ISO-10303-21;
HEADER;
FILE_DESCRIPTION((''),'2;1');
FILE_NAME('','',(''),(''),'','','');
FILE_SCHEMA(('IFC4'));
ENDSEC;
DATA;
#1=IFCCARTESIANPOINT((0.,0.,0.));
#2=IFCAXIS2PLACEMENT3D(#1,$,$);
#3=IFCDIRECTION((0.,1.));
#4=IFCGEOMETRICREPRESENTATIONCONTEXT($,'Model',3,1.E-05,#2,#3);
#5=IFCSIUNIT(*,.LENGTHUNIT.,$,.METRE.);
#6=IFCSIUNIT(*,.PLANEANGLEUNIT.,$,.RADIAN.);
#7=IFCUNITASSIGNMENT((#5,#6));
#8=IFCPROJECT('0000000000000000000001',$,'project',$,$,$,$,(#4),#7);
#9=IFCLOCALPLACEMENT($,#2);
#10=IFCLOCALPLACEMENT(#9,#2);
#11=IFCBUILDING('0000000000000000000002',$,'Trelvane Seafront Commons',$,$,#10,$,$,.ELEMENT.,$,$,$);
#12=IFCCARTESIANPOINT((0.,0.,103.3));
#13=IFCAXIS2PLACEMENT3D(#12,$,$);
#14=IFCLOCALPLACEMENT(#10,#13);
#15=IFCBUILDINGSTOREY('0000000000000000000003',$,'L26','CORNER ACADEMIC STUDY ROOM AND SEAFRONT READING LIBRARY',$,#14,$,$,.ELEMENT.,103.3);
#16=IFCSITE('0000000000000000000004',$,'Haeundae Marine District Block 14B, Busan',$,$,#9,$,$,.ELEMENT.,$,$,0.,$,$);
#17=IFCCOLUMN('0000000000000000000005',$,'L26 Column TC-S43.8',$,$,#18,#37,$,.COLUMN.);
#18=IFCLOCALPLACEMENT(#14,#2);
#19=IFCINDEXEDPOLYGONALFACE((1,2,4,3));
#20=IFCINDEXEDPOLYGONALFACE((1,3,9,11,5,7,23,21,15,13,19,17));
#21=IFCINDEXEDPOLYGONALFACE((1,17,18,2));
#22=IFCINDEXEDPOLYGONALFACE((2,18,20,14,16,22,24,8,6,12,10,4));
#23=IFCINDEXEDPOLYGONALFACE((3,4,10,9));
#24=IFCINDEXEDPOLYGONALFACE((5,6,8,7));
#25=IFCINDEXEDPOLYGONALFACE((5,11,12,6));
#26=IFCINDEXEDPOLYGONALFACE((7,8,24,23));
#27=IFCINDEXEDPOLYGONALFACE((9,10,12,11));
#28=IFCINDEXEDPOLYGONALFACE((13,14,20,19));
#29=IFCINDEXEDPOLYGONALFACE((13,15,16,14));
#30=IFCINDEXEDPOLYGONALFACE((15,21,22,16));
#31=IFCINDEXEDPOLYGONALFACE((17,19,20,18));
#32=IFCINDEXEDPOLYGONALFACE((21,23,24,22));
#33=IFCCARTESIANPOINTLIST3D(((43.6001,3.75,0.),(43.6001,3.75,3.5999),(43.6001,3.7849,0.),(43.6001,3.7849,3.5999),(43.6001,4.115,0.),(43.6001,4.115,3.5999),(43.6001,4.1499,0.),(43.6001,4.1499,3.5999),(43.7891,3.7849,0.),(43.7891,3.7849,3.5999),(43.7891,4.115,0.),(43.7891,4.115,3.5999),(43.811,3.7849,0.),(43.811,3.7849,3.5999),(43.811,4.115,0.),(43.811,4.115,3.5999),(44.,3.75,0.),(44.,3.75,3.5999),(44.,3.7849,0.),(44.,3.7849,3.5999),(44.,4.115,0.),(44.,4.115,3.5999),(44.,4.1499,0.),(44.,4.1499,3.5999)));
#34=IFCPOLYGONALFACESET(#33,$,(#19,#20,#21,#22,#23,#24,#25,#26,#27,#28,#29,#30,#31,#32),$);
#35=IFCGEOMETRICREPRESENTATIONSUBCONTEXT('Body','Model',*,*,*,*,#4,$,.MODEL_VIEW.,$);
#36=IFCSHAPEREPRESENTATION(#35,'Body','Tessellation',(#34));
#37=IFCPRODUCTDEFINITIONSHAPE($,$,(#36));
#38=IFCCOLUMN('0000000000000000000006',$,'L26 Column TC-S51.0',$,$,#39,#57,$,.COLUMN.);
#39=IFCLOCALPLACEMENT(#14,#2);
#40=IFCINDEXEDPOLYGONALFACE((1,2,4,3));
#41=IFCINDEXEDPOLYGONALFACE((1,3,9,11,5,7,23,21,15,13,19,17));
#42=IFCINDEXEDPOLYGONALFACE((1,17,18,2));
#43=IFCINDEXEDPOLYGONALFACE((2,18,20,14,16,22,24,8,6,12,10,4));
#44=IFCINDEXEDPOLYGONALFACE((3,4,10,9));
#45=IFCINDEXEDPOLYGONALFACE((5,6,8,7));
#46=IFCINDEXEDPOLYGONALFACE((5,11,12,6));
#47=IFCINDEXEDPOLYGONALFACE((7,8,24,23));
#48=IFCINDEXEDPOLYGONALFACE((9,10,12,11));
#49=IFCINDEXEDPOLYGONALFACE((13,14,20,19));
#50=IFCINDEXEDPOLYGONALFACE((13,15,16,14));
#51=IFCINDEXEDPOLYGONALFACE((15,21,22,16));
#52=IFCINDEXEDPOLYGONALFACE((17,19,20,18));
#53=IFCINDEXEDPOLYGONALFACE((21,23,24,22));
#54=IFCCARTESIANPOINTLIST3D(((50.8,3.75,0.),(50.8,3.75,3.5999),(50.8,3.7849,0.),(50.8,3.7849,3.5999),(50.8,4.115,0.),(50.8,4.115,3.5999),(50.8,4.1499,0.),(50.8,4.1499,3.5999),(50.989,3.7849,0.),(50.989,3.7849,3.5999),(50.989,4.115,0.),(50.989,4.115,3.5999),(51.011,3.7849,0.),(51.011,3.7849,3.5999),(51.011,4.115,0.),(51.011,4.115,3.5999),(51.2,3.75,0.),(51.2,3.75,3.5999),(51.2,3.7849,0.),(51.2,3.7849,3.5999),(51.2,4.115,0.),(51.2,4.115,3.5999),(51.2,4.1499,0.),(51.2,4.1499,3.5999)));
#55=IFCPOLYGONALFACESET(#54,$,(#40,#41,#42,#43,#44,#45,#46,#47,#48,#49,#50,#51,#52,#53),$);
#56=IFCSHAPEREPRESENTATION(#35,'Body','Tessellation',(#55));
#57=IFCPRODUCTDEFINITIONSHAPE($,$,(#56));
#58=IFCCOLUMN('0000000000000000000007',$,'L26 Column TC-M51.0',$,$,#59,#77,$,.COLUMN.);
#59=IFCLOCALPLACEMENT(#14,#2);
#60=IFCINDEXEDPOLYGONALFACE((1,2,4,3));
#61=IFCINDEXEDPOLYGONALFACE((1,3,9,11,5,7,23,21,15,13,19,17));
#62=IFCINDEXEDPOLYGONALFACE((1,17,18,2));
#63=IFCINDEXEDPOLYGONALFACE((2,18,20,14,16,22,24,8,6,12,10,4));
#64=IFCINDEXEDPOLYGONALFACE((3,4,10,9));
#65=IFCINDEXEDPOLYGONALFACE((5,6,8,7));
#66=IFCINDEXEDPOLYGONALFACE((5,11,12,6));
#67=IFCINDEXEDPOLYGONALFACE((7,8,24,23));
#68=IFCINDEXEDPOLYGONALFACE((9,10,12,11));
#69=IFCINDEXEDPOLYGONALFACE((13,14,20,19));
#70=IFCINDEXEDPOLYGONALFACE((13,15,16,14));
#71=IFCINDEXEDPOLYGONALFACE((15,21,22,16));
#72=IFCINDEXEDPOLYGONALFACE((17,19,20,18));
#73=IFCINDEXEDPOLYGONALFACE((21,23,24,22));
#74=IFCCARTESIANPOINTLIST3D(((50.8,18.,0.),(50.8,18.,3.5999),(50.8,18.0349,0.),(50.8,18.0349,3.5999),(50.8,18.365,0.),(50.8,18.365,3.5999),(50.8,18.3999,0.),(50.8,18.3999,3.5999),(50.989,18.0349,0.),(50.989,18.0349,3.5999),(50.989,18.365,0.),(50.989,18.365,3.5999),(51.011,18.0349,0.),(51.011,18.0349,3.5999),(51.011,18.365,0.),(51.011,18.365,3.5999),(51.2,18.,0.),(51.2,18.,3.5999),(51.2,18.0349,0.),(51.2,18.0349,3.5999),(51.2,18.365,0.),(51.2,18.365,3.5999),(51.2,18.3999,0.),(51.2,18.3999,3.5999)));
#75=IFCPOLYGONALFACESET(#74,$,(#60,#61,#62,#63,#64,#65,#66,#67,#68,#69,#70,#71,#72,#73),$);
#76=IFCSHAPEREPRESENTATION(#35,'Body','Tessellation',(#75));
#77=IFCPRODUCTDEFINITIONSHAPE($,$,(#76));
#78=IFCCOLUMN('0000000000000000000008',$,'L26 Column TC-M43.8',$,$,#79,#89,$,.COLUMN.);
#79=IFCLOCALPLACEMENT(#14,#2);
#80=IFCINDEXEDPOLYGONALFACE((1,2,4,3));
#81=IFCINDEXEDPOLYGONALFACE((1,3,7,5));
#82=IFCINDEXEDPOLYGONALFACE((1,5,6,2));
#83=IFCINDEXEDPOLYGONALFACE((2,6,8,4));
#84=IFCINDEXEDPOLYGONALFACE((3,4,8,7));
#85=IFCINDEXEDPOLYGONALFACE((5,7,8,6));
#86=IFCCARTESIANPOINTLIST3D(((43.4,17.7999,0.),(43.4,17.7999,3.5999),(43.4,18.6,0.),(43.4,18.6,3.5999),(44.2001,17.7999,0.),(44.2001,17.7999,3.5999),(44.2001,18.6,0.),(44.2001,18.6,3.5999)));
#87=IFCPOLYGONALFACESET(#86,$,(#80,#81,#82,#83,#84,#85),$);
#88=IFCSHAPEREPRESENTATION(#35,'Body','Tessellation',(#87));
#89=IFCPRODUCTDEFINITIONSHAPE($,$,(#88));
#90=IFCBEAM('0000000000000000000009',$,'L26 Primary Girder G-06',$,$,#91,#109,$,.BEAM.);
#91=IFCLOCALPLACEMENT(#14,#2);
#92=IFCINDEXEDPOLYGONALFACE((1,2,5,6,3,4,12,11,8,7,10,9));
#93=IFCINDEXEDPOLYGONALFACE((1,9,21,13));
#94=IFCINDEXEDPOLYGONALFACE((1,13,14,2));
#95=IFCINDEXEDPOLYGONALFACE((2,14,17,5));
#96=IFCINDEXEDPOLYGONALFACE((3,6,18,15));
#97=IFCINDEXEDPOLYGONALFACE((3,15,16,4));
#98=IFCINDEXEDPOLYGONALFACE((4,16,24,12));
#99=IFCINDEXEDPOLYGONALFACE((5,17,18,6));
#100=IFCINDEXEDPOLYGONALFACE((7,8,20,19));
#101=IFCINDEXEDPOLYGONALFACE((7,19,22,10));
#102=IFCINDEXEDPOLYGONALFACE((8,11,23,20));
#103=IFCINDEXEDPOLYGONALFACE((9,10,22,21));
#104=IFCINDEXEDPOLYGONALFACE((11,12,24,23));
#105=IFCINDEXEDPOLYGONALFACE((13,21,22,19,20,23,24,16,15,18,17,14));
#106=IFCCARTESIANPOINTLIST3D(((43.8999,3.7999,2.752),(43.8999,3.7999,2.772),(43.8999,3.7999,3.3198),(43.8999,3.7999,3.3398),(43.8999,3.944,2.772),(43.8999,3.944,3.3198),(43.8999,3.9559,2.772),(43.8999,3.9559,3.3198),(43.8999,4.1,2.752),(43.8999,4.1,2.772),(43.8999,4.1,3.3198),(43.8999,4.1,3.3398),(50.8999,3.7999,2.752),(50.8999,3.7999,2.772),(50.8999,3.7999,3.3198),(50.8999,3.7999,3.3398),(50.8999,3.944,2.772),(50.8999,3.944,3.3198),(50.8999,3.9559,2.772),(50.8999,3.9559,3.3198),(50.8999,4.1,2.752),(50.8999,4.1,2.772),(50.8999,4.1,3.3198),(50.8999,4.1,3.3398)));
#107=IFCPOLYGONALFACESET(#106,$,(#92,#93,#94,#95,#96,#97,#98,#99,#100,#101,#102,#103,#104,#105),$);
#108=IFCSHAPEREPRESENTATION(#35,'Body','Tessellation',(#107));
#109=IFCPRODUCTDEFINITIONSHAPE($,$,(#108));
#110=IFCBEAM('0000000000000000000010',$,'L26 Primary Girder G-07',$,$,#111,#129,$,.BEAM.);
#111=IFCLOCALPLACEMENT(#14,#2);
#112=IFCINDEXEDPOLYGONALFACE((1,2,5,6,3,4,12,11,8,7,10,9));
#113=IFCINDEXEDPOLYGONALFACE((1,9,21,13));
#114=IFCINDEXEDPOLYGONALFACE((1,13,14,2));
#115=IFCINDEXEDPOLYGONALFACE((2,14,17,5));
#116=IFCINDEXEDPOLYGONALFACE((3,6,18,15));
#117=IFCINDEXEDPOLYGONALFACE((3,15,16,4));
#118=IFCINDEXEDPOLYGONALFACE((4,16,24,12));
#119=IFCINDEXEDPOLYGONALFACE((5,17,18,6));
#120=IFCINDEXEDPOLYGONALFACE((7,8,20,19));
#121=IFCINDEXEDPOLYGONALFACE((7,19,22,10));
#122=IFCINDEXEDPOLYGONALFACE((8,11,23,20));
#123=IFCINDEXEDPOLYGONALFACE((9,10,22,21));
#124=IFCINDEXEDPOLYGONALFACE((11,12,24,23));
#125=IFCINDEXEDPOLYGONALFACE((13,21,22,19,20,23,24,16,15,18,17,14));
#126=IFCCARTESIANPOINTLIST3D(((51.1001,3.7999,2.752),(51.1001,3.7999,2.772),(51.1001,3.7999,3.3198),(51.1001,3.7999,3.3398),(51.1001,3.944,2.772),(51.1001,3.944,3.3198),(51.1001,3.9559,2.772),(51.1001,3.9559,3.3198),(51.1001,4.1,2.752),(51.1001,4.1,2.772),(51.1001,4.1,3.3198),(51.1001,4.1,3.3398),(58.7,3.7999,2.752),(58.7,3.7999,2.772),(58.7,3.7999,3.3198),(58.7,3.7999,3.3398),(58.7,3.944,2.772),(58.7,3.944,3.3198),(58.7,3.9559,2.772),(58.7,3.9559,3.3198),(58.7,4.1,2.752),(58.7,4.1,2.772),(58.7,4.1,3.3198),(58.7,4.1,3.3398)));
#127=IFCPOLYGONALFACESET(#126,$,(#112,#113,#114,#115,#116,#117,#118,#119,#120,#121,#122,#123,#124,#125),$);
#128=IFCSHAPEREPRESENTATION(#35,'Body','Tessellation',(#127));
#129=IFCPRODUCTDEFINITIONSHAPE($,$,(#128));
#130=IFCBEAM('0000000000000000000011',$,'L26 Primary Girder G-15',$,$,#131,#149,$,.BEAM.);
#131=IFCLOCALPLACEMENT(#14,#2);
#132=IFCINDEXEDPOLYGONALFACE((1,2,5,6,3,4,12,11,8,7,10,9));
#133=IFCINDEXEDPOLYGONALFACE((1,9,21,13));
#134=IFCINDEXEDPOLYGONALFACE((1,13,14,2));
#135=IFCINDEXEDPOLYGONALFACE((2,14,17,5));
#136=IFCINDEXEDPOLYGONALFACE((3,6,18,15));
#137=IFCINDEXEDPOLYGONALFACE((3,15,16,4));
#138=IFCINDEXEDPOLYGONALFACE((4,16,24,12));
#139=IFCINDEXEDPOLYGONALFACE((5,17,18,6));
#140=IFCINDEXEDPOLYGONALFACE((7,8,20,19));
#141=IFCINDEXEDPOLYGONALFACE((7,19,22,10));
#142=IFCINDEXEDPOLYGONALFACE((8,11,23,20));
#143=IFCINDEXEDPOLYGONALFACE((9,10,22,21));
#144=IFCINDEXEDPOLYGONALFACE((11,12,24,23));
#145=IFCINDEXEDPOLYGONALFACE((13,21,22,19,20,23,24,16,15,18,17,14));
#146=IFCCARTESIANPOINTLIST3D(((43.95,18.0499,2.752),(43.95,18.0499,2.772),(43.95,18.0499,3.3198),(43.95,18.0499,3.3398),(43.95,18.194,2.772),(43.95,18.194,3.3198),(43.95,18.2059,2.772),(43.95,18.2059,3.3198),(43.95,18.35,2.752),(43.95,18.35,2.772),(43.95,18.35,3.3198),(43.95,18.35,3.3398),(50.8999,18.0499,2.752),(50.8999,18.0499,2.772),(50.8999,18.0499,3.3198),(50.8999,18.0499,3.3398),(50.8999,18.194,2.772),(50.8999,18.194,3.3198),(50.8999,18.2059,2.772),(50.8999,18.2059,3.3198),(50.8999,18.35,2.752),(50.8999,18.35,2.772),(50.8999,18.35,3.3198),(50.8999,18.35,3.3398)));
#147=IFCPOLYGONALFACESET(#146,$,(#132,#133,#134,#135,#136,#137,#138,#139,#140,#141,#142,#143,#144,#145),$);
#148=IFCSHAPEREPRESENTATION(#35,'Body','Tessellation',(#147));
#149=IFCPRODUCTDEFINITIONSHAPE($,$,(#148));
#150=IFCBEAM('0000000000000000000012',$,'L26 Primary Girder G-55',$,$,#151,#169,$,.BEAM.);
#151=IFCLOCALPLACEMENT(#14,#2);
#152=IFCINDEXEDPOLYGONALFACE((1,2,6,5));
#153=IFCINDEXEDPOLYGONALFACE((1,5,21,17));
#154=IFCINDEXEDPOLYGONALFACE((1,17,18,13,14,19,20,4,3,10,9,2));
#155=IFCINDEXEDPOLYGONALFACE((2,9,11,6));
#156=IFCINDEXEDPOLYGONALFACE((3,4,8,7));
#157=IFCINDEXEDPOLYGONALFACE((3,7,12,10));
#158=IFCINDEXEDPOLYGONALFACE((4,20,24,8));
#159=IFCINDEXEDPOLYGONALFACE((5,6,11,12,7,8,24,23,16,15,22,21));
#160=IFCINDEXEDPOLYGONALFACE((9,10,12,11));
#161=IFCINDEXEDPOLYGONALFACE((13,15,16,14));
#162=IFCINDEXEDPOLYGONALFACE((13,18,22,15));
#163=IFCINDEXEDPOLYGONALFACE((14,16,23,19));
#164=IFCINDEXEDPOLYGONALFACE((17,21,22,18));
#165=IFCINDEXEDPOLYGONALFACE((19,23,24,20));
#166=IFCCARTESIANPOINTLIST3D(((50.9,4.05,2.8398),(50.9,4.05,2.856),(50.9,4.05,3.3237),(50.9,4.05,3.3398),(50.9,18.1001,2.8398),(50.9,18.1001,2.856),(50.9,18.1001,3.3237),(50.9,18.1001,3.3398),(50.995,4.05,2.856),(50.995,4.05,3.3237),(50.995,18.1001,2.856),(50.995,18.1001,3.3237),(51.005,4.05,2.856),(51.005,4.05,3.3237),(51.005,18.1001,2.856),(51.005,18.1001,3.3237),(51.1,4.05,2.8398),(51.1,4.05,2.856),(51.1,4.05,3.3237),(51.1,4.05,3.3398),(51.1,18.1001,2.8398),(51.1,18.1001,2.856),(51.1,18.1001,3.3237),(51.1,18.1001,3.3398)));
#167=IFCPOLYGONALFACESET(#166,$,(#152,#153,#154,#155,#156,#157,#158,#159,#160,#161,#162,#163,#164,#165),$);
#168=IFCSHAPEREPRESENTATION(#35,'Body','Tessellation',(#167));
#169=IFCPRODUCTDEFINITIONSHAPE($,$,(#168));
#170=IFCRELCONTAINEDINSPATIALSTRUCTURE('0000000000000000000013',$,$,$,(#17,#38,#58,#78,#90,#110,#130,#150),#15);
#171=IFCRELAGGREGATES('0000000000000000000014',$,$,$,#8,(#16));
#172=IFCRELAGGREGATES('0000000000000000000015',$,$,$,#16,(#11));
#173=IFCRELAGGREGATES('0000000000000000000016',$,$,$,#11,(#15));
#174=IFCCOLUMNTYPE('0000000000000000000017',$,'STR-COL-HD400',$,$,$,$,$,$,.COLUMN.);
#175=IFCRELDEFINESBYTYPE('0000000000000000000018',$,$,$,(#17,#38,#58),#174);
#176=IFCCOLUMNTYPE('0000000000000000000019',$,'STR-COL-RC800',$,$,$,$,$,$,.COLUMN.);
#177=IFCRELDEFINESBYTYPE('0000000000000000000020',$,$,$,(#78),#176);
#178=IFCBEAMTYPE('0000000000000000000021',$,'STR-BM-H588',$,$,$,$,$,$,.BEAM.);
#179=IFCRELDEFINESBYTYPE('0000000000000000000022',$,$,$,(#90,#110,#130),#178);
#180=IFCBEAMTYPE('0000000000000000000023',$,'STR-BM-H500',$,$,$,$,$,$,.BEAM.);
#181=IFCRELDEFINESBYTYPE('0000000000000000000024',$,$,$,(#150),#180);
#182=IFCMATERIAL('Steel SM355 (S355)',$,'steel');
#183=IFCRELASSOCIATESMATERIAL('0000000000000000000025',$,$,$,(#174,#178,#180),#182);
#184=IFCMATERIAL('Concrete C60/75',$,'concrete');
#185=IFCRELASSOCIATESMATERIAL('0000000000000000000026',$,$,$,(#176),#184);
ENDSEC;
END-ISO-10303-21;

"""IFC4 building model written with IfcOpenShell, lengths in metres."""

from ifc_helpers import new_model, si_unit, direction, frame, origin, origin_2d, place, context, subcontext, project, spatial, rectangle, i_section, extrude, source, transform, mapped, material, material_profile, profile_set, type_object, element, save


model = new_model("IFC4")

# Units and contexts
model_context = context("Model", 3, precision=1e-05, world=origin(), true_north=direction((0.0, 1.0)))
body_context = subcontext(model_context, "Body", "Model", "MODEL_VIEW")
ifc_project = project(units=[si_unit("LENGTHUNIT", "METRE"), si_unit("PLANEANGLEUNIT", "RADIAN")], contexts=[model_context])

# Site, building, storey
site_placement = place(None, origin())
site = spatial("IfcSite", under=ifc_project, at=site_placement, Name="Haeundae Marine District Block 14B, Busan", CompositionType="ELEMENT", RefElevation=0.0)
building_placement = place(site_placement, origin())
building = spatial("IfcBuilding", under=site, at=building_placement, Name="Trelvane Seafront Commons", CompositionType="ELEMENT")
storey_placement = place(building_placement, frame((0.0, 0.0, 103.3)))
storey = spatial("IfcBuildingStorey", under=building, at=storey_placement, Name="L26", Description="CORNER ACADEMIC STUDY ROOM AND SEAFRONT READING LIBRARY", CompositionType="ELEMENT", Elevation=103.3)

# Columns
ifc_material_1 = material(Name="Steel SM355 (S355)", Category="steel")
ifc_material_profile_1 = material_profile(ifc_material_1, i_section(OverallWidth=0.3999, OverallDepth=0.3999, WebThickness=0.022, FlangeThickness=0.0349, at=origin_2d()), Name="HD-400x400x22x35")
ifc_profile_set_1 = profile_set([ifc_material_profile_1], Name="Steel SM355 (S355)")
column_type_1 = type_object("IfcColumnType", Name="STR-COL-HD400", PredefinedType="COLUMN", material=ifc_profile_set_1)
shared_shape_1 = source(origin(), body_context, "Body", "SweptSolid", [
    extrude(i_section(OverallWidth=0.3999, OverallDepth=0.3999, WebThickness=0.022, FlangeThickness=0.0349, at=origin_2d()), origin(), (0.0, 0.0, 1.0), 3.5999),
])
for number, where, z_axis, x_axis, name in (
    (1, (43.8, 3.95, 0.0), (0.0, 0.0, 1.0), (1.0, 0.0, 0.0), "L26 Column TC-S43.8"),
    (2, (51.0, 3.95, 0.0), (0.0, 0.0, 1.0), (1.0, 0.0, 0.0), "L26 Column TC-S51.0"),
    (3, (51.0, 18.2, 0.0), (0.0, 0.0, 1.0), (1.0, 0.0, 0.0), "L26 Column TC-M51.0"),
):
    element("IfcColumn", number, at=place(storey_placement, frame(where, z_axis=z_axis, x_axis=x_axis)), inside=storey, type_object=column_type_1, Name=name, PredefinedType="COLUMN", context=body_context, shape_type="MappedRepresentation", body=[
        mapped(shared_shape_1, transform((0.0, 0.0, 0.0), x_axis=(1.0, 0.0, 0.0), y_axis=(0.0, 1.0, 0.0), z_axis=(0.0, 0.0, 1.0), scale=1.0)),
    ])
ifc_material_2 = material(Name="Concrete C60/75", Category="concrete")
ifc_material_profile_2 = material_profile(ifc_material_2, rectangle(XDim=0.8, YDim=0.8, at=origin_2d()), Name="RC-800x800")
ifc_profile_set_2 = profile_set([ifc_material_profile_2], Name="Concrete C60/75")
column_type_2 = type_object("IfcColumnType", Name="STR-COL-RC800", PredefinedType="COLUMN", material=ifc_profile_set_2)
shared_shape_2 = source(origin(), body_context, "Body", "SweptSolid", [
    extrude(rectangle(XDim=0.8, YDim=0.8, at=origin_2d()), origin(), (0.0, 0.0, 1.0), 3.5999),
])
column_placement = place(storey_placement, frame((43.8, 18.2, 0.0), z_axis=(0.0, 0.0, 1.0), x_axis=(1.0, 0.0, 0.0)))
element("IfcColumn", 4, at=column_placement, inside=storey, type_object=column_type_2, Name="L26 Column TC-M43.8", PredefinedType="COLUMN", context=body_context, shape_type="MappedRepresentation", body=[
    mapped(shared_shape_2, transform((0.0, 0.0, 0.0), x_axis=(1.0, 0.0, 0.0), y_axis=(0.0, 1.0, 0.0), z_axis=(0.0, 0.0, 1.0), scale=1.0)),
])

# Beams
ifc_material_profile_3 = material_profile(ifc_material_1, i_section(OverallWidth=0.3, OverallDepth=0.5879, WebThickness=0.012, FlangeThickness=0.02, at=origin_2d()), Name="H-588x300x12x20")
ifc_profile_set_3 = profile_set([ifc_material_profile_3], Name="Steel SM355 (S355)")
beam_type_1 = type_object("IfcBeamType", Name="STR-BM-H588", PredefinedType="BEAM", material=ifc_profile_set_3)
shared_shape_3 = source(origin(), body_context, "Body", "SweptSolid", [
    extrude(i_section(OverallWidth=0.3, OverallDepth=0.5879, WebThickness=0.012, FlangeThickness=0.02, at=origin_2d()), origin(), (0.0, 0.0, 1.0), 7.0),
])
beam_1_placement = place(storey_placement, frame((43.8999, 3.95, 3.0459), z_axis=(1.0, 0.0, 0.0), x_axis=(0.0, 1.0, 0.0)))
element("IfcBeam", 5, at=beam_1_placement, inside=storey, type_object=beam_type_1, Name="L26 Primary Girder G-06", PredefinedType="BEAM", context=body_context, shape_type="MappedRepresentation", body=[
    mapped(shared_shape_3, transform((0.0, 0.0, 0.0), x_axis=(1.0, 0.0, 0.0), y_axis=(0.0, 1.0, 0.0), z_axis=(0.0, 0.0, 1.0), scale=1.0)),
])
shared_shape_4 = source(origin(), body_context, "Body", "SweptSolid", [
    extrude(i_section(OverallWidth=0.3, OverallDepth=0.5879, WebThickness=0.012, FlangeThickness=0.02, at=origin_2d()), origin(), (0.0, 0.0, 1.0), 7.5999),
])
beam_2_placement = place(storey_placement, frame((51.1001, 3.95, 3.0459), z_axis=(1.0, 0.0, 0.0), x_axis=(0.0, 1.0, 0.0)))
element("IfcBeam", 6, at=beam_2_placement, inside=storey, type_object=beam_type_1, Name="L26 Primary Girder G-07", PredefinedType="BEAM", context=body_context, shape_type="MappedRepresentation", body=[
    mapped(shared_shape_4, transform((0.0, 0.0, 0.0), x_axis=(1.0, 0.0, 0.0), y_axis=(0.0, 1.0, 0.0), z_axis=(0.0, 0.0, 1.0), scale=1.0)),
])
shared_shape_5 = source(origin(), body_context, "Body", "SweptSolid", [
    extrude(i_section(OverallWidth=0.3, OverallDepth=0.5879, WebThickness=0.012, FlangeThickness=0.02, at=origin_2d()), origin(), (0.0, 0.0, 1.0), 6.95),
])
beam_3_placement = place(storey_placement, frame((43.95, 18.2, 3.0459), z_axis=(1.0, 0.0, 0.0), x_axis=(0.0, 1.0, 0.0)))
element("IfcBeam", 7, at=beam_3_placement, inside=storey, type_object=beam_type_1, Name="L26 Primary Girder G-15", PredefinedType="BEAM", context=body_context, shape_type="MappedRepresentation", body=[
    mapped(shared_shape_5, transform((0.0, 0.0, 0.0), x_axis=(1.0, 0.0, 0.0), y_axis=(0.0, 1.0, 0.0), z_axis=(0.0, 0.0, 1.0), scale=1.0)),
])
ifc_material_profile_4 = material_profile(ifc_material_1, i_section(OverallWidth=0.2, OverallDepth=0.5, WebThickness=0.01, FlangeThickness=0.0161, at=origin_2d()), Name="H-500x200x10x16")
ifc_profile_set_4 = profile_set([ifc_material_profile_4], Name="Steel SM355 (S355)")
beam_type_2 = type_object("IfcBeamType", Name="STR-BM-H500", PredefinedType="BEAM", material=ifc_profile_set_4)
shared_shape_6 = source(origin(), body_context, "Body", "SweptSolid", [
    extrude(i_section(OverallWidth=0.2, OverallDepth=0.5, WebThickness=0.01, FlangeThickness=0.0161, at=origin_2d()), origin(), (0.0, 0.0, 1.0), 14.05),
])
beam_4_placement = place(storey_placement, frame((51.0, 4.05, 3.0898), z_axis=(0.0, 1.0, 0.0), x_axis=(-1.0, 0.0, 0.0)))
element("IfcBeam", 8, at=beam_4_placement, inside=storey, type_object=beam_type_2, Name="L26 Primary Girder G-55", PredefinedType="BEAM", context=body_context, shape_type="MappedRepresentation", body=[
    mapped(shared_shape_6, transform((0.0, 0.0, 0.0), x_axis=(1.0, 0.0, 0.0), y_axis=(0.0, 1.0, 0.0), z_axis=(0.0, 0.0, 1.0), scale=1.0)),
])

save(model, "model.ifc")
